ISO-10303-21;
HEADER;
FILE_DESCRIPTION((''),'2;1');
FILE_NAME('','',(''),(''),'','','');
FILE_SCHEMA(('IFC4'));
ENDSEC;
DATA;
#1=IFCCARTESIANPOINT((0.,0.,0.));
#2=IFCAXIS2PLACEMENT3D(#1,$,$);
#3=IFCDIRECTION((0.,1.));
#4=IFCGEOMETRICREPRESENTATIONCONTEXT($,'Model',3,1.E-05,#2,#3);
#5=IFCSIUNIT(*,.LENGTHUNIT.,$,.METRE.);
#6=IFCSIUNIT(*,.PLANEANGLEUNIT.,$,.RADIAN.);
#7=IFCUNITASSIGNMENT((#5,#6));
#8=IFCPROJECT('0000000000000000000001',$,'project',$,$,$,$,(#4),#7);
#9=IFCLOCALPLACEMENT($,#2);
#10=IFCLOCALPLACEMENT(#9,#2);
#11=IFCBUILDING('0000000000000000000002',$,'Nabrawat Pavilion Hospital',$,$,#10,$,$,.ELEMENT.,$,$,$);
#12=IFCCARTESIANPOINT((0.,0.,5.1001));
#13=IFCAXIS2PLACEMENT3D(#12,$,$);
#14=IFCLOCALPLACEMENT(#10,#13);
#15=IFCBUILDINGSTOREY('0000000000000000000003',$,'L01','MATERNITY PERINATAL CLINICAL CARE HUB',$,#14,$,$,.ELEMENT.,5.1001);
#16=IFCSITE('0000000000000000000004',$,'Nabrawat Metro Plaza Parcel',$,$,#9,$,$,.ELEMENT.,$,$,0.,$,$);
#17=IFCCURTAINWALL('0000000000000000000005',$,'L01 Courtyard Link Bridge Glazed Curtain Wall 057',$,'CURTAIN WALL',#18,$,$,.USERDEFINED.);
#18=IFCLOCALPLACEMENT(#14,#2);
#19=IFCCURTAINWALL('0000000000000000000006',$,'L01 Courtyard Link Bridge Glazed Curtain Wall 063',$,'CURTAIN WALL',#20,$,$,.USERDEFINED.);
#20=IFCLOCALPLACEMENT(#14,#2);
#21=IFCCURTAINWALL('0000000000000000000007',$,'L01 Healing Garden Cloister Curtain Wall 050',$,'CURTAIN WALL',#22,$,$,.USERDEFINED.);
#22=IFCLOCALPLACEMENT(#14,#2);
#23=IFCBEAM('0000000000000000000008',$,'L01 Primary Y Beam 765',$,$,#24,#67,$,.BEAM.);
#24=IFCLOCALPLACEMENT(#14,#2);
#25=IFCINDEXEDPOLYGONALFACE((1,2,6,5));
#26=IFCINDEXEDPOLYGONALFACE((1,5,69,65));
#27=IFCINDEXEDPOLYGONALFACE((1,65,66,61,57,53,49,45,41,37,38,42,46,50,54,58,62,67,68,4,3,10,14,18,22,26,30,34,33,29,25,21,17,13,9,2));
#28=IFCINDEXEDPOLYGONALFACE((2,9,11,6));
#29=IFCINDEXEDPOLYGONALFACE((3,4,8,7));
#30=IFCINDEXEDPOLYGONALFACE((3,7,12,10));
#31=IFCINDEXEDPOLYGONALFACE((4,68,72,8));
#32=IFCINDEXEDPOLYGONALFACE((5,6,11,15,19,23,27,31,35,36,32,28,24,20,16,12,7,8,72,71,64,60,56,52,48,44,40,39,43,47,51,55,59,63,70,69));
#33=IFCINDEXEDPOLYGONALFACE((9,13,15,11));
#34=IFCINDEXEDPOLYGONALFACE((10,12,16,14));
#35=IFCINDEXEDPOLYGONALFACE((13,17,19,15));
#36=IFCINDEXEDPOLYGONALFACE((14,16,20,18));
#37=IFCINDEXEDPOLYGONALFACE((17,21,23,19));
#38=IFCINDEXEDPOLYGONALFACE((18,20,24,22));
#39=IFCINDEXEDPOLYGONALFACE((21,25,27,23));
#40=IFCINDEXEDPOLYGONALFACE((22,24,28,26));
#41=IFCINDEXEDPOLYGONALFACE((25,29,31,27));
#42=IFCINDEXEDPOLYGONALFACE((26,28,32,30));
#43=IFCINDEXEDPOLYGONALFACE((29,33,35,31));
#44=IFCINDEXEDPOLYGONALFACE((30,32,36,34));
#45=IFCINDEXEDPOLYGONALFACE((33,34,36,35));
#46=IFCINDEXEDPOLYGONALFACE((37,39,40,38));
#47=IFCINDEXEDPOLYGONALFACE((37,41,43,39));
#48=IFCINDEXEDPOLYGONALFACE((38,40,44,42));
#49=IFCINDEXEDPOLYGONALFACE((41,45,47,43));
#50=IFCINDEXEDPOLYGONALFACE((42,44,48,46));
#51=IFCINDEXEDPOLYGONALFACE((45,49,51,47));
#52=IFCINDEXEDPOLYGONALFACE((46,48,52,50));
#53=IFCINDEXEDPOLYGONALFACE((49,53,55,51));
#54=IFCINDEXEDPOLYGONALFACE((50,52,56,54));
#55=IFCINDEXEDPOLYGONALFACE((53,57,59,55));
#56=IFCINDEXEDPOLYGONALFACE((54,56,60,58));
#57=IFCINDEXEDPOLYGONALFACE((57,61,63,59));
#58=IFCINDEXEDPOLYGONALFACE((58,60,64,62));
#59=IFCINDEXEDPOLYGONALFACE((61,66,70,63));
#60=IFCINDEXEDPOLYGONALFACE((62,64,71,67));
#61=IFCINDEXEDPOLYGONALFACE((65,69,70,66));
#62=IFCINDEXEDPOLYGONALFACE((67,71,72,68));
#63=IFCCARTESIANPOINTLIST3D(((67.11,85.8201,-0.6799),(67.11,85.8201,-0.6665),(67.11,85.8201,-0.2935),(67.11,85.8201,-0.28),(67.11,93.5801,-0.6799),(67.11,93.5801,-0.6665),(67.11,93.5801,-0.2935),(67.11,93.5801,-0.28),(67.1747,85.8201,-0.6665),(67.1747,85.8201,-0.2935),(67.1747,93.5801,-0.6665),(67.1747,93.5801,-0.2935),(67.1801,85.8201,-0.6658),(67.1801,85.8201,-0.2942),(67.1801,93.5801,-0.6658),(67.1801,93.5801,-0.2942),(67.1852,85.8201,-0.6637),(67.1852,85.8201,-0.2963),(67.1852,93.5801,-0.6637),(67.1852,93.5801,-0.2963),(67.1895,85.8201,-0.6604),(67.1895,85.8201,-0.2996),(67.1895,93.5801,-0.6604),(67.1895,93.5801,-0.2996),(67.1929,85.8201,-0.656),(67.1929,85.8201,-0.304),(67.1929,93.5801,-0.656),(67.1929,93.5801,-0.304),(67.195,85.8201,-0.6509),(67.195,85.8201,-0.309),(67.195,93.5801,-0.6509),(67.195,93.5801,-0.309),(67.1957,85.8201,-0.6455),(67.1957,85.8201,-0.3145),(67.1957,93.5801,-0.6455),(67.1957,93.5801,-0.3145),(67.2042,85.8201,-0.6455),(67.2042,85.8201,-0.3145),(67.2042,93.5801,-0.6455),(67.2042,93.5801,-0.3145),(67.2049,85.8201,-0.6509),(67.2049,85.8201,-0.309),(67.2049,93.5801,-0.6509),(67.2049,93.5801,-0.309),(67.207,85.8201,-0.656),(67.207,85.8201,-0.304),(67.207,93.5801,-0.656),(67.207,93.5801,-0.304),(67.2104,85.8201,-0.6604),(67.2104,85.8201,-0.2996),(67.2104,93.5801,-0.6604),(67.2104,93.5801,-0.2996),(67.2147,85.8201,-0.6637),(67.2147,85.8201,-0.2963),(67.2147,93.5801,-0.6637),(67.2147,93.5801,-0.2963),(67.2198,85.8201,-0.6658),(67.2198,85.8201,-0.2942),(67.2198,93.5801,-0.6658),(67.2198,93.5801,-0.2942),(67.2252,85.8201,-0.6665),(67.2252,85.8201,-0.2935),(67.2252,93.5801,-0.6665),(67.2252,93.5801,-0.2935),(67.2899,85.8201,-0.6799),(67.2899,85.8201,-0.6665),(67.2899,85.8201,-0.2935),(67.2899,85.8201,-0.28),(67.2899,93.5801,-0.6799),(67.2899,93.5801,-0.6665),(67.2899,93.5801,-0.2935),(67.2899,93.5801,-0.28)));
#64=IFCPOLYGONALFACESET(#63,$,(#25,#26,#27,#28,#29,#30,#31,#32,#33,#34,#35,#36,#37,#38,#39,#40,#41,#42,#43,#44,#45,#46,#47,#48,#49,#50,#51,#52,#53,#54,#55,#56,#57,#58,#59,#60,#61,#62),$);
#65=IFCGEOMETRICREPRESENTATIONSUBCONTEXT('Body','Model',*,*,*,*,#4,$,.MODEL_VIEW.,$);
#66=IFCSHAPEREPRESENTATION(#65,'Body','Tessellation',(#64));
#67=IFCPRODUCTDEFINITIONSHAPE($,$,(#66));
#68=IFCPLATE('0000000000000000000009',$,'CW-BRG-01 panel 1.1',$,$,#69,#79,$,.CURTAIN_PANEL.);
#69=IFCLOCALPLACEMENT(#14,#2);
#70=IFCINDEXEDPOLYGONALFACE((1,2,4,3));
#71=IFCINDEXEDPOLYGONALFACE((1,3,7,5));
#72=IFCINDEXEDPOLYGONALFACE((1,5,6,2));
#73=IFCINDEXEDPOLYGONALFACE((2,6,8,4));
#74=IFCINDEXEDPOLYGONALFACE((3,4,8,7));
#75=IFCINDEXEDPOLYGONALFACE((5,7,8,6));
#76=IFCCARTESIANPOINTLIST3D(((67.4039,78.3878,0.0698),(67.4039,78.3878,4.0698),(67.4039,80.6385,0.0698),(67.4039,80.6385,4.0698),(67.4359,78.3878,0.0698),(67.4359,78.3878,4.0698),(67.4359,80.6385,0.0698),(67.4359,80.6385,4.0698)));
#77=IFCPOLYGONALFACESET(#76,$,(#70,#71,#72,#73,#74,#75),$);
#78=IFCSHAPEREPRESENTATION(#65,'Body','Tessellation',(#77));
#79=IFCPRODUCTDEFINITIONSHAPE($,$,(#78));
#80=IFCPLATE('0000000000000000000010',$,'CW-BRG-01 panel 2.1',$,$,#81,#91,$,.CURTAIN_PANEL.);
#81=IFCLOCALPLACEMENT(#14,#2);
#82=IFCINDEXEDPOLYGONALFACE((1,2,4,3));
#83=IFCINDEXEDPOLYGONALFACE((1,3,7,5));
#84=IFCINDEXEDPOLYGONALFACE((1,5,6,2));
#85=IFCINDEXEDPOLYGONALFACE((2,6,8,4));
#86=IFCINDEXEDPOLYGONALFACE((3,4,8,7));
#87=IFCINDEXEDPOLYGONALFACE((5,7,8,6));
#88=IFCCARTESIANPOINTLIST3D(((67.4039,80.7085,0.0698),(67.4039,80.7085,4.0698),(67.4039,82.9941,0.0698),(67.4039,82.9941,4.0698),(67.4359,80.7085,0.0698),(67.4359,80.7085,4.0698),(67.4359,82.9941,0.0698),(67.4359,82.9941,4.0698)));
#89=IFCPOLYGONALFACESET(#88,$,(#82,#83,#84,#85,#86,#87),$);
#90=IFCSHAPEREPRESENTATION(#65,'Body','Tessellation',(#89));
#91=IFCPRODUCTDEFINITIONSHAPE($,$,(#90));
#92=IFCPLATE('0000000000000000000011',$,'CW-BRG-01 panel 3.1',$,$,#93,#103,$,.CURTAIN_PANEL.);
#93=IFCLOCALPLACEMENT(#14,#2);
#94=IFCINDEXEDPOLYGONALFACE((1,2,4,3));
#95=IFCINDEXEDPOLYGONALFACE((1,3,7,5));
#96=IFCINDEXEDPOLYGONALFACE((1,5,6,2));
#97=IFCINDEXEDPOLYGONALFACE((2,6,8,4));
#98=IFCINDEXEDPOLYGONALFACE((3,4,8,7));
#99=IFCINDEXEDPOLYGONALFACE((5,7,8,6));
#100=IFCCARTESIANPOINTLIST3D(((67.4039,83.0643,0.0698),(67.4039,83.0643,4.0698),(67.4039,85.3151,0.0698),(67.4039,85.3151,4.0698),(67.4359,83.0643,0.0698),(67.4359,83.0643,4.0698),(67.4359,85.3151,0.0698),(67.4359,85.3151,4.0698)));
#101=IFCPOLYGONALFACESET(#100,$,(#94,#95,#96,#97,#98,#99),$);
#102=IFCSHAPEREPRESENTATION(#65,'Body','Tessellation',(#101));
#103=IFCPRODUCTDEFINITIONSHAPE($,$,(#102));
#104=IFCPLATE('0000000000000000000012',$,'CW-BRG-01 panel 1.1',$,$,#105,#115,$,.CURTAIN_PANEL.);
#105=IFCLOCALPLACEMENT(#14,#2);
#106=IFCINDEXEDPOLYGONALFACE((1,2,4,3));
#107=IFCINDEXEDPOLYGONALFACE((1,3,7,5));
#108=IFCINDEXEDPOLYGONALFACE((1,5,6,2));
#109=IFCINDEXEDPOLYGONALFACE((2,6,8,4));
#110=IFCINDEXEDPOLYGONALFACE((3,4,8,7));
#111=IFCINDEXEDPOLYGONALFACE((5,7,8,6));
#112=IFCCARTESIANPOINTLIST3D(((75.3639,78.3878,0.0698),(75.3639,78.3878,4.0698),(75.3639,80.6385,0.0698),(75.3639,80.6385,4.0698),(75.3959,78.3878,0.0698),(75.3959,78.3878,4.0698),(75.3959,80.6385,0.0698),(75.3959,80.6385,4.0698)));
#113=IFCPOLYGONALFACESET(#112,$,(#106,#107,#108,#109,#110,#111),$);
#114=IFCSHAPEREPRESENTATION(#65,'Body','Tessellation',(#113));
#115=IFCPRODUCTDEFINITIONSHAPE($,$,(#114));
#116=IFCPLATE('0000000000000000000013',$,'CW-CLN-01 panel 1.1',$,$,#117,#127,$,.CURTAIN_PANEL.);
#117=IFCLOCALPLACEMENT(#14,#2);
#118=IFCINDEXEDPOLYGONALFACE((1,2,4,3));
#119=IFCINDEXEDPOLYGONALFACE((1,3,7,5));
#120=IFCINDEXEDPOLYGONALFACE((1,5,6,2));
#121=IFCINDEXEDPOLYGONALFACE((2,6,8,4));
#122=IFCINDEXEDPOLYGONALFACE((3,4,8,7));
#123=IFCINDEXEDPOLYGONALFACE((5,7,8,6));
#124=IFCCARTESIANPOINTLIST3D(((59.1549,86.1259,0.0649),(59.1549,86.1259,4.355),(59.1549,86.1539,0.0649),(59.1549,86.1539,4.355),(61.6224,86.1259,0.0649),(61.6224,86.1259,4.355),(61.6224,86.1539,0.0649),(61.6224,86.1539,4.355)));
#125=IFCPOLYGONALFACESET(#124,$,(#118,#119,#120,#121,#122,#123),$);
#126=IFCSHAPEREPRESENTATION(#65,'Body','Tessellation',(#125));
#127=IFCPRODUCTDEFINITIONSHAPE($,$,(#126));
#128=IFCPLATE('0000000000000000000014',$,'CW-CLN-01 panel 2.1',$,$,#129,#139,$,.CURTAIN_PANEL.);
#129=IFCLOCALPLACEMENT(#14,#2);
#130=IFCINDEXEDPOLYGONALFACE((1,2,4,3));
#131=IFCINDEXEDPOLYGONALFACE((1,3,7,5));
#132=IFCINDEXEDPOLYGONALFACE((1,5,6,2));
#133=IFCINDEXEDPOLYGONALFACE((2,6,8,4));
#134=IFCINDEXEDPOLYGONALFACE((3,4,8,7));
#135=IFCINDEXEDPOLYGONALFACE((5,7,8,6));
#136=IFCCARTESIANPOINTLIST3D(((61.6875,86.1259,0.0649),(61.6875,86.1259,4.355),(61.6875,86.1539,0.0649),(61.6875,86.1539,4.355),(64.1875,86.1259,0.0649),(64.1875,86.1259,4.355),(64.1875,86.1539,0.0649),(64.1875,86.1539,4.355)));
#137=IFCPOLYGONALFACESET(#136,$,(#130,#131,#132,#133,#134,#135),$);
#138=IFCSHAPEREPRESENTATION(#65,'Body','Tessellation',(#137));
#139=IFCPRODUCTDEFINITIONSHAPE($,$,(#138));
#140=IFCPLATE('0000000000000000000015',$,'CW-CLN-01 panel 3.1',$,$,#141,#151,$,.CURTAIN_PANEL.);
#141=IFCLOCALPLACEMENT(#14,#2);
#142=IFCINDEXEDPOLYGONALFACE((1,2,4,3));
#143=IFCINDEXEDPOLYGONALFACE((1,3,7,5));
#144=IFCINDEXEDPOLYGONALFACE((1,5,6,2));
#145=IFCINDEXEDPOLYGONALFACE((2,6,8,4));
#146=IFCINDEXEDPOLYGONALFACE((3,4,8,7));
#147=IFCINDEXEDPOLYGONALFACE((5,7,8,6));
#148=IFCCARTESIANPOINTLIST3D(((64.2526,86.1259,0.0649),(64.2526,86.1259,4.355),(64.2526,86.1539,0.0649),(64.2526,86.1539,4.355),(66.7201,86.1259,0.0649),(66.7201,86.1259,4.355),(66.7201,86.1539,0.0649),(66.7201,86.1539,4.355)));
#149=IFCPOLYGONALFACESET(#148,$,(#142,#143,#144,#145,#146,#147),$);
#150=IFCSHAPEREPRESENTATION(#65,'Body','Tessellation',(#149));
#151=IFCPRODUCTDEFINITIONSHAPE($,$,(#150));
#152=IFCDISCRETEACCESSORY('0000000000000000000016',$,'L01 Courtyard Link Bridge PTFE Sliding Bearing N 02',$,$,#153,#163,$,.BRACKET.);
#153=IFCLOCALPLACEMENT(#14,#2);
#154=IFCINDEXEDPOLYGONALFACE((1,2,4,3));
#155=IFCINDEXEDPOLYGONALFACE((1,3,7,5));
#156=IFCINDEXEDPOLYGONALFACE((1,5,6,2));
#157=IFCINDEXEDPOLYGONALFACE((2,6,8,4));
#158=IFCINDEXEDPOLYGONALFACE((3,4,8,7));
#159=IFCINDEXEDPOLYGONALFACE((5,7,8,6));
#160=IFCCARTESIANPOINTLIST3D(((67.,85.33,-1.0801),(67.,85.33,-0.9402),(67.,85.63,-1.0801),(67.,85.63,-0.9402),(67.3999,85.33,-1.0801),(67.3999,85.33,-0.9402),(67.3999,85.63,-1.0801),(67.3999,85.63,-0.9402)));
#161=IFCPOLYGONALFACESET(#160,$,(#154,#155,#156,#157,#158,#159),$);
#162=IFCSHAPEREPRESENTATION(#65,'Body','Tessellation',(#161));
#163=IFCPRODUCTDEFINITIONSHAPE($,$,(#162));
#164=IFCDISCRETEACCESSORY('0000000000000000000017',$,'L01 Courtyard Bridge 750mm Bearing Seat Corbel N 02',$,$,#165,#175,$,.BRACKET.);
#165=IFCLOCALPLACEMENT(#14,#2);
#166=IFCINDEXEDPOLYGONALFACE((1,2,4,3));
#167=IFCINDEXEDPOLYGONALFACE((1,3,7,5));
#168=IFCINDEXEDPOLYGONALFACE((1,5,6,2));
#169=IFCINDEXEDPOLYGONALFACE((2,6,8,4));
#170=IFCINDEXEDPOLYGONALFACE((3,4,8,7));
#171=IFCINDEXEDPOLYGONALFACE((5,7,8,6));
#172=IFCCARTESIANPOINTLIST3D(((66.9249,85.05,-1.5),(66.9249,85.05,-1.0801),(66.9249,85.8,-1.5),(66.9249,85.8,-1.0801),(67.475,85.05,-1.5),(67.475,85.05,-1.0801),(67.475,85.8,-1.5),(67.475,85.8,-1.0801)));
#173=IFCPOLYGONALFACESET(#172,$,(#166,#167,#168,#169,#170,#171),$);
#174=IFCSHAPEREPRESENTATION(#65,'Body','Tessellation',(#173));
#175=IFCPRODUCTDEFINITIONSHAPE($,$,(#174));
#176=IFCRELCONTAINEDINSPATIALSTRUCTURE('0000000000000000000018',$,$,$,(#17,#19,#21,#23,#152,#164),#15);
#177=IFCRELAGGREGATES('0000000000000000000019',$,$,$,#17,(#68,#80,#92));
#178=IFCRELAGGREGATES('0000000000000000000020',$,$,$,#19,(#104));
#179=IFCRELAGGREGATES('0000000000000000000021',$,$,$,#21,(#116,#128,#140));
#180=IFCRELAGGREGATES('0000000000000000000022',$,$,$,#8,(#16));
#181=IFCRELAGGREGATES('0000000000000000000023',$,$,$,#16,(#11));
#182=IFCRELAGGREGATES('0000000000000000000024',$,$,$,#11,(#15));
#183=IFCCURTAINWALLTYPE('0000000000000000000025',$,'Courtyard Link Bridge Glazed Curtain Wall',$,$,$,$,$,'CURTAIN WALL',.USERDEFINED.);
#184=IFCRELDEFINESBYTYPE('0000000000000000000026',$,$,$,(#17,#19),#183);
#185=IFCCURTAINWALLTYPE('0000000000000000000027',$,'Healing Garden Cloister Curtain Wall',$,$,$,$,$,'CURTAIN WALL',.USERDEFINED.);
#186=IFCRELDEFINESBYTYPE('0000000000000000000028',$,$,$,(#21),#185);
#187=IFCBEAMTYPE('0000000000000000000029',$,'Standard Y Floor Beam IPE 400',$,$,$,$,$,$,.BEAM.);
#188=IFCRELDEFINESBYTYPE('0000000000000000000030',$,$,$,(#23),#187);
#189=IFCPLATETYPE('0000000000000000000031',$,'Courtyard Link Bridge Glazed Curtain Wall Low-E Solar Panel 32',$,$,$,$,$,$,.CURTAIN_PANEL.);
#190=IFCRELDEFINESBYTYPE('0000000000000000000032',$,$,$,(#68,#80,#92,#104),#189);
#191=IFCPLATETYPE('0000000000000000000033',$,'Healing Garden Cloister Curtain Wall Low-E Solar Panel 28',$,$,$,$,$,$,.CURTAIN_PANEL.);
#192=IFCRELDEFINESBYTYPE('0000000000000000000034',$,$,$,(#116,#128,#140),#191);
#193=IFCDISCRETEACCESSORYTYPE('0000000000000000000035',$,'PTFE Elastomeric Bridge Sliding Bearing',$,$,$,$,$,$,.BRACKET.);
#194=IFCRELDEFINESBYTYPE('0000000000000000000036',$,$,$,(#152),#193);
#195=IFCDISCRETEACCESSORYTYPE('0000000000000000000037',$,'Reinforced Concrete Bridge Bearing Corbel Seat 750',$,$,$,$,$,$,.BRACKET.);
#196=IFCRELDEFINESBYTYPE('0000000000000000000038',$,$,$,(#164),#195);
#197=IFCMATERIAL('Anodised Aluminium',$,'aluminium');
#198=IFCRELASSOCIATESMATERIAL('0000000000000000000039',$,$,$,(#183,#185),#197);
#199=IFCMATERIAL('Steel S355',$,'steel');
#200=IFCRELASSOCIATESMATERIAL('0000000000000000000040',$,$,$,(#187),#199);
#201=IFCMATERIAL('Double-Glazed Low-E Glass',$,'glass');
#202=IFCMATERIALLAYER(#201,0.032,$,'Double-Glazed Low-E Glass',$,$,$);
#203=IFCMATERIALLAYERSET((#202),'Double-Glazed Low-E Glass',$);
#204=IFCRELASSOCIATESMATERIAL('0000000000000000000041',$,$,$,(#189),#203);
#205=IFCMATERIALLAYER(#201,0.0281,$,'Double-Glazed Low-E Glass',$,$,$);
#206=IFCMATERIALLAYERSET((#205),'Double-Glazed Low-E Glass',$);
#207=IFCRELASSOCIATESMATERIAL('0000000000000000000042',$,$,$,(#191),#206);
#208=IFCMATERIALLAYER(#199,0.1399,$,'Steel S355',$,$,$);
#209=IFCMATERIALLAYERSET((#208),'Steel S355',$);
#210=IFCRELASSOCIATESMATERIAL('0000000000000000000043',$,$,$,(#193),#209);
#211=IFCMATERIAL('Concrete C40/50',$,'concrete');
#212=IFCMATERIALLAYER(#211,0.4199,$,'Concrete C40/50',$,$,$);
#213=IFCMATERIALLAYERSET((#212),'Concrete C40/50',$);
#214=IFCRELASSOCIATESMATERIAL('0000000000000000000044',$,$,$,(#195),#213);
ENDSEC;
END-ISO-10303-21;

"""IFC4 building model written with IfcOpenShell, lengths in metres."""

from ifc_helpers import new_model, si_unit, direction, frame, origin, origin_2d, place, context, subcontext, project, spatial, rectangle, i_section, extrude, material, layer, layer_set, material_profile, profile_set, type_object, element, aggregate, save


model = new_model("IFC4")

# Units and contexts
model_context = context("Model", 3, precision=1e-05, world=origin(), true_north=direction((0.0, 1.0)))
body_context = subcontext(model_context, "Body", "Model", "MODEL_VIEW")
ifc_project = project(units=[si_unit("LENGTHUNIT", "METRE"), si_unit("PLANEANGLEUNIT", "RADIAN")], contexts=[model_context])

# Site, building, storey
site_placement = place(None, origin())
site = spatial("IfcSite", under=ifc_project, at=site_placement, Name="Nabrawat Metro Plaza Parcel", CompositionType="ELEMENT", RefElevation=0.0)
building_placement = place(site_placement, origin())
building = spatial("IfcBuilding", under=site, at=building_placement, Name="Nabrawat Pavilion Hospital", CompositionType="ELEMENT")
storey_placement = place(building_placement, frame((0.0, 0.0, 5.1001)))
storey = spatial("IfcBuildingStorey", under=building, at=storey_placement, Name="L01", Description="MATERNITY PERINATAL CLINICAL CARE HUB", CompositionType="ELEMENT", Elevation=5.1001)

# Shared definitions
ifc_material_1 = material(Name="Concrete C40/50", Category="concrete")

# Shared definitions
ifc_material_2 = material(Name="Steel S355", Category="steel")

# Curtain wall
ifc_material_3 = material(Name="Anodised Aluminium", Category="aluminium")
curtain_wall_type_1 = type_object("IfcCurtainWallType", Name="Courtyard Link Bridge Glazed Curtain Wall", ElementType="CURTAIN WALL", PredefinedType="USERDEFINED", material=ifc_material_3)
curtain_wall_1_placement = place(storey_placement, origin())
curtain_wall_1 = element("IfcCurtainWall", 1, at=curtain_wall_1_placement, inside=storey, type_object=curtain_wall_type_1, Name="L01 Courtyard Link Bridge Glazed Curtain Wall 057", ObjectType="CURTAIN WALL", PredefinedType="USERDEFINED")

# Curtain wall
curtain_wall_2_placement = place(storey_placement, origin())
curtain_wall_2 = element("IfcCurtainWall", 2, at=curtain_wall_2_placement, inside=storey, type_object=curtain_wall_type_1, Name="L01 Courtyard Link Bridge Glazed Curtain Wall 063", ObjectType="CURTAIN WALL", PredefinedType="USERDEFINED")

# Curtain wall
curtain_wall_type_2 = type_object("IfcCurtainWallType", Name="Healing Garden Cloister Curtain Wall", ElementType="CURTAIN WALL", PredefinedType="USERDEFINED", material=ifc_material_3)
curtain_wall_3_placement = place(storey_placement, origin())
curtain_wall_3 = element("IfcCurtainWall", 3, at=curtain_wall_3_placement, inside=storey, type_object=curtain_wall_type_2, Name="L01 Healing Garden Cloister Curtain Wall 050", ObjectType="CURTAIN WALL", PredefinedType="USERDEFINED")

# Beam
ifc_material_profile_1 = material_profile(ifc_material_2, i_section(OverallWidth=0.1799, OverallDepth=0.3999, WebThickness=0.0085, FlangeThickness=0.0134, FilletRadius=0.021, at=origin_2d()), Name="IPE 400")
ifc_profile_set_1 = profile_set([ifc_material_profile_1], Name="Steel S355")
beam_type_1 = type_object("IfcBeamType", Name="Standard Y Floor Beam IPE 400", PredefinedType="BEAM", material=ifc_profile_set_1)
beam_1_placement = place(storey_placement, frame((67.2, 85.8201, -0.48), z_axis=(0.0, 1.0, 0.0), x_axis=(-1.0, 0.0, 0.0)))
element("IfcBeam", 4, at=beam_1_placement, inside=storey, type_object=beam_type_1, Name="L01 Primary Y Beam 765", PredefinedType="BEAM", context=body_context, shape_type="SweptSolid", body=[
    extrude(i_section(OverallWidth=0.1799, OverallDepth=0.3999, WebThickness=0.0085, FlangeThickness=0.0134, FilletRadius=0.021, at=origin_2d()), origin(), (0.0, 0.0, 1.0), 7.76),
])

# Plates
ifc_material_4 = material(Name="Double-Glazed Low-E Glass", Category="glass")
ifc_layer_1 = layer(ifc_material_4, 0.032, Name="Double-Glazed Low-E Glass")
ifc_layer_set_1 = layer_set([ifc_layer_1], Name="Double-Glazed Low-E Glass")
plate_type_1 = type_object("IfcPlateType", Name="Courtyard Link Bridge Glazed Curtain Wall Low-E Solar Panel 32", PredefinedType="CURTAIN_PANEL", material=ifc_layer_set_1)
plate_1_placement = place(storey_placement, frame((67.4199, 79.5132, 0.0698), z_axis=(0.0, 0.0, 1.0), x_axis=(0.0, 1.0, 0.0)))
plate_1 = element("IfcPlate", 5, at=plate_1_placement, type_object=plate_type_1, Name="CW-BRG-01 panel 1.1", PredefinedType="CURTAIN_PANEL", context=body_context, shape_type="SweptSolid", body=[
    extrude(rectangle(XDim=2.2507, YDim=0.032, at=origin_2d()), origin(), (0.0, 0.0, 1.0), 4.0),
])
plate_2_placement = place(storey_placement, frame((67.4199, 81.8513, 0.0698), z_axis=(0.0, 0.0, 1.0), x_axis=(0.0, 1.0, 0.0)))
plate_2 = element("IfcPlate", 6, at=plate_2_placement, type_object=plate_type_1, Name="CW-BRG-01 panel 2.1", PredefinedType="CURTAIN_PANEL", context=body_context, shape_type="SweptSolid", body=[
    extrude(rectangle(XDim=2.2856, YDim=0.032, at=origin_2d()), origin(), (0.0, 0.0, 1.0), 4.0),
])
plate_3_placement = place(storey_placement, frame((67.4199, 84.1897, 0.0698), z_axis=(0.0, 0.0, 1.0), x_axis=(0.0, 1.0, 0.0)))
plate_3 = element("IfcPlate", 7, at=plate_3_placement, type_object=plate_type_1, Name="CW-BRG-01 panel 3.1", PredefinedType="CURTAIN_PANEL", context=body_context, shape_type="SweptSolid", body=[
    extrude(rectangle(XDim=2.2507, YDim=0.032, at=origin_2d()), origin(), (0.0, 0.0, 1.0), 4.0),
])
aggregate(curtain_wall_1, [plate_1, plate_2, plate_3])
plate_4_placement = place(storey_placement, frame((75.3799, 79.5132, 0.0698), z_axis=(0.0, 0.0, 1.0), x_axis=(0.0, 1.0, 0.0)))
plate_4 = element("IfcPlate", 8, at=plate_4_placement, type_object=plate_type_1, Name="CW-BRG-01 panel 1.1", PredefinedType="CURTAIN_PANEL", context=body_context, shape_type="SweptSolid", body=[
    extrude(rectangle(XDim=2.2507, YDim=0.032, at=origin_2d()), origin(), (0.0, 0.0, 1.0), 4.0),
])
aggregate(curtain_wall_2, [plate_4])
ifc_layer_2 = layer(ifc_material_4, 0.0281, Name="Double-Glazed Low-E Glass")
ifc_layer_set_2 = layer_set([ifc_layer_2], Name="Double-Glazed Low-E Glass")
plate_type_2 = type_object("IfcPlateType", Name="Healing Garden Cloister Curtain Wall Low-E Solar Panel 28", PredefinedType="CURTAIN_PANEL", material=ifc_layer_set_2)
plate_5_placement = place(storey_placement, frame((60.3887, 86.1399, 0.0649), z_axis=(0.0, 0.0, 1.0), x_axis=(1.0, 0.0, 0.0)))
plate_5 = element("IfcPlate", 9, at=plate_5_placement, type_object=plate_type_2, Name="CW-CLN-01 panel 1.1", PredefinedType="CURTAIN_PANEL", context=body_context, shape_type="SweptSolid", body=[
    extrude(rectangle(XDim=2.4675, YDim=0.0281, at=origin_2d()), origin(), (0.0, 0.0, 1.0), 4.29),
])
plate_6_placement = place(storey_placement, frame((62.9375, 86.1399, 0.0649), z_axis=(0.0, 0.0, 1.0), x_axis=(1.0, 0.0, 0.0)))
plate_6 = element("IfcPlate", 10, at=plate_6_placement, type_object=plate_type_2, Name="CW-CLN-01 panel 2.1", PredefinedType="CURTAIN_PANEL", context=body_context, shape_type="SweptSolid", body=[
    extrude(rectangle(XDim=2.5, YDim=0.0281, at=origin_2d()), origin(), (0.0, 0.0, 1.0), 4.29),
])
plate_7_placement = place(storey_placement, frame((65.4863, 86.1399, 0.0649), z_axis=(0.0, 0.0, 1.0), x_axis=(1.0, 0.0, 0.0)))
plate_7 = element("IfcPlate", 11, at=plate_7_placement, type_object=plate_type_2, Name="CW-CLN-01 panel 3.1", PredefinedType="CURTAIN_PANEL", context=body_context, shape_type="SweptSolid", body=[
    extrude(rectangle(XDim=2.4675, YDim=0.0281, at=origin_2d()), origin(), (0.0, 0.0, 1.0), 4.29),
])
aggregate(curtain_wall_3, [plate_5, plate_6, plate_7])

# Discrete accessories
ifc_layer_3 = layer(ifc_material_2, 0.1399, Name="Steel S355")
ifc_layer_set_3 = layer_set([ifc_layer_3], Name="Steel S355")
discrete_accessory_type_1 = type_object("IfcDiscreteAccessoryType", Name="PTFE Elastomeric Bridge Sliding Bearing", PredefinedType="BRACKET", material=ifc_layer_set_3)
discrete_accessory_1_placement = place(storey_placement, frame((67.2, 85.48, -1.0801), z_axis=(0.0, 0.0, 1.0), x_axis=(1.0, 0.0, 0.0)))
element("IfcDiscreteAccessory", 12, at=discrete_accessory_1_placement, inside=storey, type_object=discrete_accessory_type_1, Name="L01 Courtyard Link Bridge PTFE Sliding Bearing N 02", PredefinedType="BRACKET", context=body_context, shape_type="SweptSolid", body=[
    extrude(rectangle(XDim=0.3999, YDim=0.3, at=origin_2d()), origin(), (0.0, 0.0, 1.0), 0.1399),
])
ifc_layer_4 = layer(ifc_material_1, 0.4199, Name="Concrete C40/50")
ifc_layer_set_4 = layer_set([ifc_layer_4], Name="Concrete C40/50")
discrete_accessory_type_2 = type_object("IfcDiscreteAccessoryType", Name="Reinforced Concrete Bridge Bearing Corbel Seat 750", PredefinedType="BRACKET", material=ifc_layer_set_4)
discrete_accessory_2_placement = place(storey_placement, frame((67.2, 85.425, -1.5), z_axis=(0.0, 0.0, 1.0), x_axis=(1.0, 0.0, 0.0)))
element("IfcDiscreteAccessory", 13, at=discrete_accessory_2_placement, inside=storey, type_object=discrete_accessory_type_2, Name="L01 Courtyard Bridge 750mm Bearing Seat Corbel N 02", PredefinedType="BRACKET", context=body_context, shape_type="SweptSolid", body=[
    extrude(rectangle(XDim=0.55, YDim=0.75, at=origin_2d()), origin(), (0.0, 0.0, 1.0), 0.4199),
])

save(model, "model.ifc")
